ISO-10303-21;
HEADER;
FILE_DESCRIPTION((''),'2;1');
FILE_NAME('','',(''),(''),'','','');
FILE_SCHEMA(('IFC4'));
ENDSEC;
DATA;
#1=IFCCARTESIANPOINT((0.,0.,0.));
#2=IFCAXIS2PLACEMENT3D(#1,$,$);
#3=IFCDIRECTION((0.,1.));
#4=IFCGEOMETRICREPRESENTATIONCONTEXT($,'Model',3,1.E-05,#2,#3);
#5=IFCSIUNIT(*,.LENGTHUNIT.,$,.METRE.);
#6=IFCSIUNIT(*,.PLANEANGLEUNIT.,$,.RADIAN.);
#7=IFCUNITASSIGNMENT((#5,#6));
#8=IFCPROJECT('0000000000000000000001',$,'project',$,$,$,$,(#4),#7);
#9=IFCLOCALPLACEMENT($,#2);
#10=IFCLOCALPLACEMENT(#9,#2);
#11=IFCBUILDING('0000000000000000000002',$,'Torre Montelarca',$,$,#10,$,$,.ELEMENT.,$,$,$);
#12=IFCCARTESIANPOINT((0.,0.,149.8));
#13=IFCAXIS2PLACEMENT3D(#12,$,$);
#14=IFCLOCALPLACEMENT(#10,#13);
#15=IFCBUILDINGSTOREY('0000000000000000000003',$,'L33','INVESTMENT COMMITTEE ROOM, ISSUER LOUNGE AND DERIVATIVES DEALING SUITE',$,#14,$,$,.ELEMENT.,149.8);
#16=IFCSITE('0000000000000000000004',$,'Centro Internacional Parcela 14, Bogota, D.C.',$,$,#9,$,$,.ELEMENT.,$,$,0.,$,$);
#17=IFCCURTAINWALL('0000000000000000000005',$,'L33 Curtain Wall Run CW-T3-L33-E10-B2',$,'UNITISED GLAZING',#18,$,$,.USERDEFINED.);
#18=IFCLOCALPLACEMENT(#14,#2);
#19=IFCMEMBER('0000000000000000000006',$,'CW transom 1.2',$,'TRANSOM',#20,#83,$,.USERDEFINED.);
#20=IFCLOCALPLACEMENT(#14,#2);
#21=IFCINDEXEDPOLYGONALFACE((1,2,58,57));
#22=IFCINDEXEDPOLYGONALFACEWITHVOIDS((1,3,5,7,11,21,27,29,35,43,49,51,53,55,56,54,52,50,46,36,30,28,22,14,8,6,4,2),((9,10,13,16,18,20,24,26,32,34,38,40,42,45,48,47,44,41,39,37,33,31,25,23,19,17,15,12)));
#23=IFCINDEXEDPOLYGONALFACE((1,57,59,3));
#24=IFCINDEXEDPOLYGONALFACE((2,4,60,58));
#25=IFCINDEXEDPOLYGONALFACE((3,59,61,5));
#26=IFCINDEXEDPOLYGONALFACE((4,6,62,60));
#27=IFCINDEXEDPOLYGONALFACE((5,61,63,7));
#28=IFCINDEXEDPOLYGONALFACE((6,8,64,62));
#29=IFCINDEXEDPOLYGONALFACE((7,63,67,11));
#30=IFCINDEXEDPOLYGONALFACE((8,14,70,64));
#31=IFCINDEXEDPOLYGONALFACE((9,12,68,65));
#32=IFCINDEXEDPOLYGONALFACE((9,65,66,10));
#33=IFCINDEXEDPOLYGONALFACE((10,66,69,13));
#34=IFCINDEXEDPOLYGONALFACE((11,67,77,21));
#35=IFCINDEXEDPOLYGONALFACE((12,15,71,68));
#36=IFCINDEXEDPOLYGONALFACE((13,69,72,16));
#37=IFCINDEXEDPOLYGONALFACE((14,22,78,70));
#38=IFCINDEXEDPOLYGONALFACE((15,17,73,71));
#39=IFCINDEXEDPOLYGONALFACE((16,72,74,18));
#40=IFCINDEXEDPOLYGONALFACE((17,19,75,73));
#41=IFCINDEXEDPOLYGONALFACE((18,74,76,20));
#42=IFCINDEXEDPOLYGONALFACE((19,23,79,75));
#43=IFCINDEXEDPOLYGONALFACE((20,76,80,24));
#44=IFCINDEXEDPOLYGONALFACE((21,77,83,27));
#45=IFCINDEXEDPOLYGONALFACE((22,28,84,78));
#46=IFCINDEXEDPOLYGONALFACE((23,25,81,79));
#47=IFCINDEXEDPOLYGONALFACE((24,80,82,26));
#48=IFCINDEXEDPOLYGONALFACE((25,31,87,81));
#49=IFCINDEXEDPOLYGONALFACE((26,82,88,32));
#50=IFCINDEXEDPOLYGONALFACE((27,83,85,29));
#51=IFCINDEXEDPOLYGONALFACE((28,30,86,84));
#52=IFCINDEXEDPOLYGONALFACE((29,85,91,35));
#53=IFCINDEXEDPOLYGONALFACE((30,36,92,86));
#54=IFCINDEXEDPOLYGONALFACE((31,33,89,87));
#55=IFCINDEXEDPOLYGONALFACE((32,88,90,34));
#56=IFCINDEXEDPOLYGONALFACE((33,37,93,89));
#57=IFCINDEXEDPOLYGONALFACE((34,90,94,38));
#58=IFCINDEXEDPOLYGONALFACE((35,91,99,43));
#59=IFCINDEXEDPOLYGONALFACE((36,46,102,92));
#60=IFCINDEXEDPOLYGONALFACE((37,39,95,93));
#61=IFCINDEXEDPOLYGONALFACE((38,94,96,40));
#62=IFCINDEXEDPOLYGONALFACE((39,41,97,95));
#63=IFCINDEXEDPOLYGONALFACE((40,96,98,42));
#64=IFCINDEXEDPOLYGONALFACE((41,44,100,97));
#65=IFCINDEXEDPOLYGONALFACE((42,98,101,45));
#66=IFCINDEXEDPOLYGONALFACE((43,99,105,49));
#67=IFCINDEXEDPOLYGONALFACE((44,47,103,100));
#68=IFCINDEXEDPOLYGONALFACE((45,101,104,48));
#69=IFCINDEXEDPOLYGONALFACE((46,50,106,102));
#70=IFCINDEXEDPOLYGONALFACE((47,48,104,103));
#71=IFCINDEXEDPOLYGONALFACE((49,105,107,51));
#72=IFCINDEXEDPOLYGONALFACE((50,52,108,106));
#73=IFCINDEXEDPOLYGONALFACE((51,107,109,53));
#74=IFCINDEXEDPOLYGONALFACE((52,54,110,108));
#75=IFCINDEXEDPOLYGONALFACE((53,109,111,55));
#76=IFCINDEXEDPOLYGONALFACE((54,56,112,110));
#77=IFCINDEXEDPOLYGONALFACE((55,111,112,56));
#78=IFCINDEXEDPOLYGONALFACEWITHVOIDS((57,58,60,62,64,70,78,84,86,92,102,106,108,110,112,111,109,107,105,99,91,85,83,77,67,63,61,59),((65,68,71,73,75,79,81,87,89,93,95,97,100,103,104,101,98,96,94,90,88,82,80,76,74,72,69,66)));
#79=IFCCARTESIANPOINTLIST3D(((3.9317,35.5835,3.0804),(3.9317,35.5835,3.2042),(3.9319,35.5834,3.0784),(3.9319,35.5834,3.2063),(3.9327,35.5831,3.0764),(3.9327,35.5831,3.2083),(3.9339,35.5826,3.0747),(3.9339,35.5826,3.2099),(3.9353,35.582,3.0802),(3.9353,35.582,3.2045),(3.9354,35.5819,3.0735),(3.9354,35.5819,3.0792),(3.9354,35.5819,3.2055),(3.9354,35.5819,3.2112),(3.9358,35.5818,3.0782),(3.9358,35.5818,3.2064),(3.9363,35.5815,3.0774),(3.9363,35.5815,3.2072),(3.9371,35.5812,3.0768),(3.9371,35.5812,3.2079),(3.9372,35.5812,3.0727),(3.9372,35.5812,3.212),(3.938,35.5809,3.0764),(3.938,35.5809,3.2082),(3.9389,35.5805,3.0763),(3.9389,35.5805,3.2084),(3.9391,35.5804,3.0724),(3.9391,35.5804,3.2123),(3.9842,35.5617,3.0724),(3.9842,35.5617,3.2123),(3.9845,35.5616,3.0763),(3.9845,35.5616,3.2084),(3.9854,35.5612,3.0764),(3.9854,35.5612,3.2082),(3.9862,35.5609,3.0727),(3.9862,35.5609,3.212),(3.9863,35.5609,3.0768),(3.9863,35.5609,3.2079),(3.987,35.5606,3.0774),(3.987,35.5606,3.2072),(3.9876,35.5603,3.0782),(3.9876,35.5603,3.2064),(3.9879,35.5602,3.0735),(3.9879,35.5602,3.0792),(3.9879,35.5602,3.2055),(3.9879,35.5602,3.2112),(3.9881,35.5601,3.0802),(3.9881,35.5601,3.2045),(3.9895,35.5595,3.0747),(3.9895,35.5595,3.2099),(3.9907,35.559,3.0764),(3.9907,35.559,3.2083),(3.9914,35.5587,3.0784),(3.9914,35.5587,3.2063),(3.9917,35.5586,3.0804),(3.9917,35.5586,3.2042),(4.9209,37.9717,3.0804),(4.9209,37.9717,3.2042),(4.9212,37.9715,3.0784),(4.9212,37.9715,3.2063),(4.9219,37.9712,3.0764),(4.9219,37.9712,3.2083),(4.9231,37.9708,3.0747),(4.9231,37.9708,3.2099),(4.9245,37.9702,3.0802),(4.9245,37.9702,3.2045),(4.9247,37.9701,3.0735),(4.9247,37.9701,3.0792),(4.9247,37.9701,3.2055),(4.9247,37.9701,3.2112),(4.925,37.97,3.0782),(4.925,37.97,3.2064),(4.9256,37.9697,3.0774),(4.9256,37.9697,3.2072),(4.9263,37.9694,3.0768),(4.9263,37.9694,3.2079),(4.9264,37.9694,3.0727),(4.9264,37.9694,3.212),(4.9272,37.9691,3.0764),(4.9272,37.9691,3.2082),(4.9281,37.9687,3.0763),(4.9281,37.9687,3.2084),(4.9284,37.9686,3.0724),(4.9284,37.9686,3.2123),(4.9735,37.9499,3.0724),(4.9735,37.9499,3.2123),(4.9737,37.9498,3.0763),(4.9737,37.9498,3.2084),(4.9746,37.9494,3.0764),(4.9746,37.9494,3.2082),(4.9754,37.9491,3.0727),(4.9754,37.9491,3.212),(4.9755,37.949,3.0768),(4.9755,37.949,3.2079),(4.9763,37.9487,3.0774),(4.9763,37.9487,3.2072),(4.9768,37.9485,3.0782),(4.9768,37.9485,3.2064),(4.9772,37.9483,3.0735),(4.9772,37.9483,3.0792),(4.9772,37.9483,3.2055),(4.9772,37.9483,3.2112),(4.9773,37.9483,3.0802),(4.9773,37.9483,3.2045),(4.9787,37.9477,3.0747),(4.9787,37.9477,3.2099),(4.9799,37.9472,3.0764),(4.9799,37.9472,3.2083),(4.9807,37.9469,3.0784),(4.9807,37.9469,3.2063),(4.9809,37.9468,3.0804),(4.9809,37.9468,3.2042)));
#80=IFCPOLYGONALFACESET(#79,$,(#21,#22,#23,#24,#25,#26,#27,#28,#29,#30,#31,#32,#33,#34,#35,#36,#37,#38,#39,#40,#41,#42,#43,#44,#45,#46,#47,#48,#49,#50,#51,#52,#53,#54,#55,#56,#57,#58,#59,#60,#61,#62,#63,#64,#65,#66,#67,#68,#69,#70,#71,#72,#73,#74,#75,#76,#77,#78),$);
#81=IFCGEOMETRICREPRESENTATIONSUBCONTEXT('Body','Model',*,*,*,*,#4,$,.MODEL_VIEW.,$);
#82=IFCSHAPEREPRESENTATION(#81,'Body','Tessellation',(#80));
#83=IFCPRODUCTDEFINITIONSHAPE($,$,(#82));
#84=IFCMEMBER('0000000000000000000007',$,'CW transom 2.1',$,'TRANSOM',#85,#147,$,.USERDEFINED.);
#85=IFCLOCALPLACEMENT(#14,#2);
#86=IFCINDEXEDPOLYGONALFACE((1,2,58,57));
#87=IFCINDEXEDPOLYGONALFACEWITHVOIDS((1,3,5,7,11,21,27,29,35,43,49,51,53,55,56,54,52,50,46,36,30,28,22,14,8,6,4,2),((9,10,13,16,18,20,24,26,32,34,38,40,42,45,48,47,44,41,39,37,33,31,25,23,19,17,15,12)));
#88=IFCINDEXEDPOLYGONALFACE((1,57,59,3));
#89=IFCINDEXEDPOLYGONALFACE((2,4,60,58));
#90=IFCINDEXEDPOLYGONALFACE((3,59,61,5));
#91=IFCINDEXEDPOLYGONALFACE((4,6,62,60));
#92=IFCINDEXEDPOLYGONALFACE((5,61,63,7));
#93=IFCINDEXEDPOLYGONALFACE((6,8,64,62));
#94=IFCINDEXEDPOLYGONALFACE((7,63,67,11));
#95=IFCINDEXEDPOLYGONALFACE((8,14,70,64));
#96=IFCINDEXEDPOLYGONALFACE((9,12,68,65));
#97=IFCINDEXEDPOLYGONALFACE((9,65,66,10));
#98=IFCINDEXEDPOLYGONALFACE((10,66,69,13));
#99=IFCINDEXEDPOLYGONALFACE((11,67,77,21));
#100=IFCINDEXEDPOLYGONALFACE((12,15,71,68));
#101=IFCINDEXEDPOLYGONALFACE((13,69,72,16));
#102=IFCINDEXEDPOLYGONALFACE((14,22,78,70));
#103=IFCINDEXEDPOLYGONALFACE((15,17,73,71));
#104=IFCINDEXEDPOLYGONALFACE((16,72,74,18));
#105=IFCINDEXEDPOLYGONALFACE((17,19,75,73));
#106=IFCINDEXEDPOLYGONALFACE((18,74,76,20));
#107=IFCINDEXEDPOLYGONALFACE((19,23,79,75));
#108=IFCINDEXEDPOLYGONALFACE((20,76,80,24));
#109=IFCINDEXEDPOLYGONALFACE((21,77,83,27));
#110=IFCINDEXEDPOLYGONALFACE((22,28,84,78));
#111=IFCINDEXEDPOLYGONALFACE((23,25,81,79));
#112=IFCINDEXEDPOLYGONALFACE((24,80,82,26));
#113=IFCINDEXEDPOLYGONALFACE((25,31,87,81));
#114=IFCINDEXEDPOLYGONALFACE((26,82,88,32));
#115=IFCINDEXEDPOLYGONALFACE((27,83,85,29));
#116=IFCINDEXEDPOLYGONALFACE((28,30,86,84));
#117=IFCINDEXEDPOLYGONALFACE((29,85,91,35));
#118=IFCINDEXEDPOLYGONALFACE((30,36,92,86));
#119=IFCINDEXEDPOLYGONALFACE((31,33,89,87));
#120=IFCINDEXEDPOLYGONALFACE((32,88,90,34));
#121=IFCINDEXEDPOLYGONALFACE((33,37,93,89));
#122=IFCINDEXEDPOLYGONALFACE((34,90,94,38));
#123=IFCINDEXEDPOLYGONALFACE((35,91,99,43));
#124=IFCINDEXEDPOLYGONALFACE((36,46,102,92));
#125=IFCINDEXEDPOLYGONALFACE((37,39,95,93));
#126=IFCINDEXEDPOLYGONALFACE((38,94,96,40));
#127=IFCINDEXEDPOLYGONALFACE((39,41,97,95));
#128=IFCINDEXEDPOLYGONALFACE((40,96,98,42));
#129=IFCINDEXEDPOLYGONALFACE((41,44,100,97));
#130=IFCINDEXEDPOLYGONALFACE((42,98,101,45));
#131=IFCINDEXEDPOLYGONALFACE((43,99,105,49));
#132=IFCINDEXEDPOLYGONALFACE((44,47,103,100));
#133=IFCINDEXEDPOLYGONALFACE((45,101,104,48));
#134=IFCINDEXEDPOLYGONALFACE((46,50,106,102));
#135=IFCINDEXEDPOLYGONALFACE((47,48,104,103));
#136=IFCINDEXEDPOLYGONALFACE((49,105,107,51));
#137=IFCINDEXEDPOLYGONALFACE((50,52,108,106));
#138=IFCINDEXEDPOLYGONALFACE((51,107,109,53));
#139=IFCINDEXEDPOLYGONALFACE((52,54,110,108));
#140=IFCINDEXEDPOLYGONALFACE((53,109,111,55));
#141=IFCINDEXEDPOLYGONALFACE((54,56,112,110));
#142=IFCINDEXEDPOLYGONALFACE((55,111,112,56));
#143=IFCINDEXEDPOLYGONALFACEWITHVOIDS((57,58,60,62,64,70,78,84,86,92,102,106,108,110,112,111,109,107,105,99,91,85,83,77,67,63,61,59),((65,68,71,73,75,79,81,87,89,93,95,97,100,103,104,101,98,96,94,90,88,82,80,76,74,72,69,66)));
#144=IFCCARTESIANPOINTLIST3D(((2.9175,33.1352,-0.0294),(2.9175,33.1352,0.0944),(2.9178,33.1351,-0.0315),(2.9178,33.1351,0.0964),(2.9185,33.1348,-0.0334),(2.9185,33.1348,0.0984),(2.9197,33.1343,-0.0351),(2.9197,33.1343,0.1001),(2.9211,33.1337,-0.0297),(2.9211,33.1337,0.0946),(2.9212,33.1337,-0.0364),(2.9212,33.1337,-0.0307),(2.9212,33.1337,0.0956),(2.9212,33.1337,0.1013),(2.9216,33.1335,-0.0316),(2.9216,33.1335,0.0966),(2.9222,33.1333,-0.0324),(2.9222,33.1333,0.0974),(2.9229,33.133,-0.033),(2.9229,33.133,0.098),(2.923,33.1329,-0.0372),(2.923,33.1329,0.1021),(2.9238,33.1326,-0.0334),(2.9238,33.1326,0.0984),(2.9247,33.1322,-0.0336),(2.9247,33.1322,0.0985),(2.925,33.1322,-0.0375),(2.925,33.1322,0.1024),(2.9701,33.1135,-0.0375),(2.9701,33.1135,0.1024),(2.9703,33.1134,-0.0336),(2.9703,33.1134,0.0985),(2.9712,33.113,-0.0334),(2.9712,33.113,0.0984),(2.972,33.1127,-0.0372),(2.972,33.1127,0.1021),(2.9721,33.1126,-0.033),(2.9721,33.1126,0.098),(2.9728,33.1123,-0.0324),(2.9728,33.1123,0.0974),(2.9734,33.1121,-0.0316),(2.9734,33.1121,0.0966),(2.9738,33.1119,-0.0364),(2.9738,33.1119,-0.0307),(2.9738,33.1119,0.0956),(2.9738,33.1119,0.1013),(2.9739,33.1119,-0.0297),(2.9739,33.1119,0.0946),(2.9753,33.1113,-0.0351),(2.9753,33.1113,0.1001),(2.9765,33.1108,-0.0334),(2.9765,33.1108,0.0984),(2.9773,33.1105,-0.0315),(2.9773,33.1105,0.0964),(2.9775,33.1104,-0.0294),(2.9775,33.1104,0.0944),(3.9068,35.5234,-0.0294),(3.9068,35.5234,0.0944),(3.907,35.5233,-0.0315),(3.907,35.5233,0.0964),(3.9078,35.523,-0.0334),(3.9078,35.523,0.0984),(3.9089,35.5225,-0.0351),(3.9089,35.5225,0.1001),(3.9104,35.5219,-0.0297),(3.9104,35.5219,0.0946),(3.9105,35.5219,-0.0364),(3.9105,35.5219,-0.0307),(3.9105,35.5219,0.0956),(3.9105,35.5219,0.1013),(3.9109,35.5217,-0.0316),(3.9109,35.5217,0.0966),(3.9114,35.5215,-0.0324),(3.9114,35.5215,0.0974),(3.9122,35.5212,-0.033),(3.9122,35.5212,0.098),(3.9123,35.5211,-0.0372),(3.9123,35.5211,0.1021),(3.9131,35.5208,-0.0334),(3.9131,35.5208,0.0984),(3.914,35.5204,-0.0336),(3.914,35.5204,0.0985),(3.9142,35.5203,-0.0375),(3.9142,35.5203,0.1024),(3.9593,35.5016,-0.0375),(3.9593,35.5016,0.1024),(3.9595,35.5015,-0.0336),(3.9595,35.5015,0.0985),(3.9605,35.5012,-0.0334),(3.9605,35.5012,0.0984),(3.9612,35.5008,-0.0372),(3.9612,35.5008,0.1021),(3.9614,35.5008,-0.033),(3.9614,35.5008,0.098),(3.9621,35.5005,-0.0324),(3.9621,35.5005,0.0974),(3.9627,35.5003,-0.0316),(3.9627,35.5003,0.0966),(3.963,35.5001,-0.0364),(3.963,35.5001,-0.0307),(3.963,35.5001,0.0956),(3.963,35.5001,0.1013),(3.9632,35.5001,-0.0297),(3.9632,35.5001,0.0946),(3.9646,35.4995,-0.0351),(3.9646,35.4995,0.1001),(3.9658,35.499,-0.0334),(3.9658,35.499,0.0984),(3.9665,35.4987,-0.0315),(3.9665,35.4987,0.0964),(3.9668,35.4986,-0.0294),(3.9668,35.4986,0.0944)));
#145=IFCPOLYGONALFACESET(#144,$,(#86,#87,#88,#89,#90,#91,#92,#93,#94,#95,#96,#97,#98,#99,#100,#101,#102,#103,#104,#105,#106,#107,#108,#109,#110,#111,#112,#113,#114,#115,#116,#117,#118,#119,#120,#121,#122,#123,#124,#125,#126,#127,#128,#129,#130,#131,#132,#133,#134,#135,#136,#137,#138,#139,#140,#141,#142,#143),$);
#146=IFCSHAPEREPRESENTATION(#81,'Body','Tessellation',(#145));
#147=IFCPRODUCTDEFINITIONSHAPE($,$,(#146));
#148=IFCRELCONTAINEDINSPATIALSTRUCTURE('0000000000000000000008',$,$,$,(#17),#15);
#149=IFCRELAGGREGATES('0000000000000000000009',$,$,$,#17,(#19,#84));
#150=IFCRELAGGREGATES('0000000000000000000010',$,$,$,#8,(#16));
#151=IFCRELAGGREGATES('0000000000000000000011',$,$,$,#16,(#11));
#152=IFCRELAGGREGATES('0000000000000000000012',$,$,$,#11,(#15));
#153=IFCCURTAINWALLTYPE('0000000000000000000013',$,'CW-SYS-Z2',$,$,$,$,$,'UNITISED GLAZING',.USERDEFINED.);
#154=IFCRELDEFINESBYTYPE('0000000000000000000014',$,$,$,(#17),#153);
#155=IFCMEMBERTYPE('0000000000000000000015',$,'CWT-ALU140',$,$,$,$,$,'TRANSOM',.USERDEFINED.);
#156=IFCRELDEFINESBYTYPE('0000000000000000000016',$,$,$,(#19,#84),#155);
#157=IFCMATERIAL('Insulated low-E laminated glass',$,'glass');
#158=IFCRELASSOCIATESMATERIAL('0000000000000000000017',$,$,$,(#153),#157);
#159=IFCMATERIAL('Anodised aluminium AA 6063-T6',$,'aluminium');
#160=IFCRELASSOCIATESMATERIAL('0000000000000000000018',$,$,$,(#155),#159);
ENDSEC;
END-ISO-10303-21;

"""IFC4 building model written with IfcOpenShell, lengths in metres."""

from ifc_helpers import new_model, si_unit, direction, frame, origin, origin_2d, place, context, subcontext, project, spatial, hollow_rectangle, extrude, source, transform, mapped, material, material_profile, profile_set, type_object, element, aggregate, save


model = new_model("IFC4")

# Units and contexts
model_context = context("Model", 3, precision=1e-05, world=origin(), true_north=direction((0.0, 1.0)))
body_context = subcontext(model_context, "Body", "Model", "MODEL_VIEW")
ifc_project = project(units=[si_unit("LENGTHUNIT", "METRE"), si_unit("PLANEANGLEUNIT", "RADIAN")], contexts=[model_context])

# Site, building, storey
site_placement = place(None, origin())
site = spatial("IfcSite", under=ifc_project, at=site_placement, Name="Centro Internacional Parcela 14, Bogota, D.C.", CompositionType="ELEMENT", RefElevation=0.0)
building_placement = place(site_placement, origin())
building = spatial("IfcBuilding", under=site, at=building_placement, Name="Torre Montelarca", CompositionType="ELEMENT")
storey_placement = place(building_placement, frame((0.0, 0.0, 149.8)))
storey = spatial("IfcBuildingStorey", under=building, at=storey_placement, Name="L33", Description="INVESTMENT COMMITTEE ROOM, ISSUER LOUNGE AND DERIVATIVES DEALING SUITE", CompositionType="ELEMENT", Elevation=149.8)

# Curtain wall
ifc_material_1 = material(Name="Insulated low-E laminated glass", Category="glass")
curtain_wall_type = type_object("IfcCurtainWallType", Name="CW-SYS-Z2", ElementType="UNITISED GLAZING", PredefinedType="USERDEFINED", material=ifc_material_1)
curtain_wall_1_placement = place(storey_placement, origin())
curtain_wall_1 = element("IfcCurtainWall", 1, at=curtain_wall_1_placement, inside=storey, type_object=curtain_wall_type, Name="L33 Curtain Wall Run CW-T3-L33-E10-B2", ObjectType="UNITISED GLAZING", PredefinedType="USERDEFINED")
ifc_material_2 = material(Name="Anodised aluminium AA 6063-T6", Category="aluminium")

# Members
ifc_material_profile_1 = material_profile(ifc_material_2, hollow_rectangle(XDim=0.0649, YDim=0.1399, WallThickness=0.0039, InnerFilletRadius=0.0039, OuterFilletRadius=0.0081, at=origin_2d()), Name="ALU65X140X4", Category="aluminium")
ifc_profile_set_1 = profile_set([ifc_material_profile_1], Name="Anodised aluminium AA 6063-T6")
member_type_1 = type_object("IfcMemberType", Name="CWT-ALU140", ElementType="TRANSOM", PredefinedType="USERDEFINED", material=ifc_profile_set_1)
shared_shape_1 = source(origin(), body_context, "Body", "SweptSolid", [
    extrude(hollow_rectangle(XDim=0.0649, YDim=0.1399, WallThickness=0.0039, InnerFilletRadius=0.0039, OuterFilletRadius=0.0081, at=origin_2d()), origin(), (0.0, 0.0, 1.0), 2.585),
])
member_1_placement = place(storey_placement, frame((4.9509, 37.9592, 3.1423), z_axis=(-0.382697, -0.923874, 0.0), x_axis=(0.923874, -0.382697, 0.0)))
member_1 = element("IfcMember", 2, at=member_1_placement, type_object=member_type_1, Name="CW transom 1.2", ObjectType="TRANSOM", PredefinedType="USERDEFINED", context=body_context, shape_type="MappedRepresentation", body=[
    mapped(shared_shape_1, transform((0.0, 0.0, 0.0), scale=1.0)),
])
member_2_placement = place(storey_placement, frame((3.9368, 35.511, 0.0325), z_axis=(-0.382697, -0.923874, 0.0), x_axis=(0.923874, -0.382697, 0.0)))
member_2 = element("IfcMember", 3, at=member_2_placement, type_object=member_type_1, Name="CW transom 2.1", ObjectType="TRANSOM", PredefinedType="USERDEFINED", context=body_context, shape_type="MappedRepresentation", body=[
    mapped(shared_shape_1, transform((0.0, 0.0, 0.0), scale=1.0)),
])

aggregate(curtain_wall_1, [member_1, member_2])

save(model, "model.ifc")
